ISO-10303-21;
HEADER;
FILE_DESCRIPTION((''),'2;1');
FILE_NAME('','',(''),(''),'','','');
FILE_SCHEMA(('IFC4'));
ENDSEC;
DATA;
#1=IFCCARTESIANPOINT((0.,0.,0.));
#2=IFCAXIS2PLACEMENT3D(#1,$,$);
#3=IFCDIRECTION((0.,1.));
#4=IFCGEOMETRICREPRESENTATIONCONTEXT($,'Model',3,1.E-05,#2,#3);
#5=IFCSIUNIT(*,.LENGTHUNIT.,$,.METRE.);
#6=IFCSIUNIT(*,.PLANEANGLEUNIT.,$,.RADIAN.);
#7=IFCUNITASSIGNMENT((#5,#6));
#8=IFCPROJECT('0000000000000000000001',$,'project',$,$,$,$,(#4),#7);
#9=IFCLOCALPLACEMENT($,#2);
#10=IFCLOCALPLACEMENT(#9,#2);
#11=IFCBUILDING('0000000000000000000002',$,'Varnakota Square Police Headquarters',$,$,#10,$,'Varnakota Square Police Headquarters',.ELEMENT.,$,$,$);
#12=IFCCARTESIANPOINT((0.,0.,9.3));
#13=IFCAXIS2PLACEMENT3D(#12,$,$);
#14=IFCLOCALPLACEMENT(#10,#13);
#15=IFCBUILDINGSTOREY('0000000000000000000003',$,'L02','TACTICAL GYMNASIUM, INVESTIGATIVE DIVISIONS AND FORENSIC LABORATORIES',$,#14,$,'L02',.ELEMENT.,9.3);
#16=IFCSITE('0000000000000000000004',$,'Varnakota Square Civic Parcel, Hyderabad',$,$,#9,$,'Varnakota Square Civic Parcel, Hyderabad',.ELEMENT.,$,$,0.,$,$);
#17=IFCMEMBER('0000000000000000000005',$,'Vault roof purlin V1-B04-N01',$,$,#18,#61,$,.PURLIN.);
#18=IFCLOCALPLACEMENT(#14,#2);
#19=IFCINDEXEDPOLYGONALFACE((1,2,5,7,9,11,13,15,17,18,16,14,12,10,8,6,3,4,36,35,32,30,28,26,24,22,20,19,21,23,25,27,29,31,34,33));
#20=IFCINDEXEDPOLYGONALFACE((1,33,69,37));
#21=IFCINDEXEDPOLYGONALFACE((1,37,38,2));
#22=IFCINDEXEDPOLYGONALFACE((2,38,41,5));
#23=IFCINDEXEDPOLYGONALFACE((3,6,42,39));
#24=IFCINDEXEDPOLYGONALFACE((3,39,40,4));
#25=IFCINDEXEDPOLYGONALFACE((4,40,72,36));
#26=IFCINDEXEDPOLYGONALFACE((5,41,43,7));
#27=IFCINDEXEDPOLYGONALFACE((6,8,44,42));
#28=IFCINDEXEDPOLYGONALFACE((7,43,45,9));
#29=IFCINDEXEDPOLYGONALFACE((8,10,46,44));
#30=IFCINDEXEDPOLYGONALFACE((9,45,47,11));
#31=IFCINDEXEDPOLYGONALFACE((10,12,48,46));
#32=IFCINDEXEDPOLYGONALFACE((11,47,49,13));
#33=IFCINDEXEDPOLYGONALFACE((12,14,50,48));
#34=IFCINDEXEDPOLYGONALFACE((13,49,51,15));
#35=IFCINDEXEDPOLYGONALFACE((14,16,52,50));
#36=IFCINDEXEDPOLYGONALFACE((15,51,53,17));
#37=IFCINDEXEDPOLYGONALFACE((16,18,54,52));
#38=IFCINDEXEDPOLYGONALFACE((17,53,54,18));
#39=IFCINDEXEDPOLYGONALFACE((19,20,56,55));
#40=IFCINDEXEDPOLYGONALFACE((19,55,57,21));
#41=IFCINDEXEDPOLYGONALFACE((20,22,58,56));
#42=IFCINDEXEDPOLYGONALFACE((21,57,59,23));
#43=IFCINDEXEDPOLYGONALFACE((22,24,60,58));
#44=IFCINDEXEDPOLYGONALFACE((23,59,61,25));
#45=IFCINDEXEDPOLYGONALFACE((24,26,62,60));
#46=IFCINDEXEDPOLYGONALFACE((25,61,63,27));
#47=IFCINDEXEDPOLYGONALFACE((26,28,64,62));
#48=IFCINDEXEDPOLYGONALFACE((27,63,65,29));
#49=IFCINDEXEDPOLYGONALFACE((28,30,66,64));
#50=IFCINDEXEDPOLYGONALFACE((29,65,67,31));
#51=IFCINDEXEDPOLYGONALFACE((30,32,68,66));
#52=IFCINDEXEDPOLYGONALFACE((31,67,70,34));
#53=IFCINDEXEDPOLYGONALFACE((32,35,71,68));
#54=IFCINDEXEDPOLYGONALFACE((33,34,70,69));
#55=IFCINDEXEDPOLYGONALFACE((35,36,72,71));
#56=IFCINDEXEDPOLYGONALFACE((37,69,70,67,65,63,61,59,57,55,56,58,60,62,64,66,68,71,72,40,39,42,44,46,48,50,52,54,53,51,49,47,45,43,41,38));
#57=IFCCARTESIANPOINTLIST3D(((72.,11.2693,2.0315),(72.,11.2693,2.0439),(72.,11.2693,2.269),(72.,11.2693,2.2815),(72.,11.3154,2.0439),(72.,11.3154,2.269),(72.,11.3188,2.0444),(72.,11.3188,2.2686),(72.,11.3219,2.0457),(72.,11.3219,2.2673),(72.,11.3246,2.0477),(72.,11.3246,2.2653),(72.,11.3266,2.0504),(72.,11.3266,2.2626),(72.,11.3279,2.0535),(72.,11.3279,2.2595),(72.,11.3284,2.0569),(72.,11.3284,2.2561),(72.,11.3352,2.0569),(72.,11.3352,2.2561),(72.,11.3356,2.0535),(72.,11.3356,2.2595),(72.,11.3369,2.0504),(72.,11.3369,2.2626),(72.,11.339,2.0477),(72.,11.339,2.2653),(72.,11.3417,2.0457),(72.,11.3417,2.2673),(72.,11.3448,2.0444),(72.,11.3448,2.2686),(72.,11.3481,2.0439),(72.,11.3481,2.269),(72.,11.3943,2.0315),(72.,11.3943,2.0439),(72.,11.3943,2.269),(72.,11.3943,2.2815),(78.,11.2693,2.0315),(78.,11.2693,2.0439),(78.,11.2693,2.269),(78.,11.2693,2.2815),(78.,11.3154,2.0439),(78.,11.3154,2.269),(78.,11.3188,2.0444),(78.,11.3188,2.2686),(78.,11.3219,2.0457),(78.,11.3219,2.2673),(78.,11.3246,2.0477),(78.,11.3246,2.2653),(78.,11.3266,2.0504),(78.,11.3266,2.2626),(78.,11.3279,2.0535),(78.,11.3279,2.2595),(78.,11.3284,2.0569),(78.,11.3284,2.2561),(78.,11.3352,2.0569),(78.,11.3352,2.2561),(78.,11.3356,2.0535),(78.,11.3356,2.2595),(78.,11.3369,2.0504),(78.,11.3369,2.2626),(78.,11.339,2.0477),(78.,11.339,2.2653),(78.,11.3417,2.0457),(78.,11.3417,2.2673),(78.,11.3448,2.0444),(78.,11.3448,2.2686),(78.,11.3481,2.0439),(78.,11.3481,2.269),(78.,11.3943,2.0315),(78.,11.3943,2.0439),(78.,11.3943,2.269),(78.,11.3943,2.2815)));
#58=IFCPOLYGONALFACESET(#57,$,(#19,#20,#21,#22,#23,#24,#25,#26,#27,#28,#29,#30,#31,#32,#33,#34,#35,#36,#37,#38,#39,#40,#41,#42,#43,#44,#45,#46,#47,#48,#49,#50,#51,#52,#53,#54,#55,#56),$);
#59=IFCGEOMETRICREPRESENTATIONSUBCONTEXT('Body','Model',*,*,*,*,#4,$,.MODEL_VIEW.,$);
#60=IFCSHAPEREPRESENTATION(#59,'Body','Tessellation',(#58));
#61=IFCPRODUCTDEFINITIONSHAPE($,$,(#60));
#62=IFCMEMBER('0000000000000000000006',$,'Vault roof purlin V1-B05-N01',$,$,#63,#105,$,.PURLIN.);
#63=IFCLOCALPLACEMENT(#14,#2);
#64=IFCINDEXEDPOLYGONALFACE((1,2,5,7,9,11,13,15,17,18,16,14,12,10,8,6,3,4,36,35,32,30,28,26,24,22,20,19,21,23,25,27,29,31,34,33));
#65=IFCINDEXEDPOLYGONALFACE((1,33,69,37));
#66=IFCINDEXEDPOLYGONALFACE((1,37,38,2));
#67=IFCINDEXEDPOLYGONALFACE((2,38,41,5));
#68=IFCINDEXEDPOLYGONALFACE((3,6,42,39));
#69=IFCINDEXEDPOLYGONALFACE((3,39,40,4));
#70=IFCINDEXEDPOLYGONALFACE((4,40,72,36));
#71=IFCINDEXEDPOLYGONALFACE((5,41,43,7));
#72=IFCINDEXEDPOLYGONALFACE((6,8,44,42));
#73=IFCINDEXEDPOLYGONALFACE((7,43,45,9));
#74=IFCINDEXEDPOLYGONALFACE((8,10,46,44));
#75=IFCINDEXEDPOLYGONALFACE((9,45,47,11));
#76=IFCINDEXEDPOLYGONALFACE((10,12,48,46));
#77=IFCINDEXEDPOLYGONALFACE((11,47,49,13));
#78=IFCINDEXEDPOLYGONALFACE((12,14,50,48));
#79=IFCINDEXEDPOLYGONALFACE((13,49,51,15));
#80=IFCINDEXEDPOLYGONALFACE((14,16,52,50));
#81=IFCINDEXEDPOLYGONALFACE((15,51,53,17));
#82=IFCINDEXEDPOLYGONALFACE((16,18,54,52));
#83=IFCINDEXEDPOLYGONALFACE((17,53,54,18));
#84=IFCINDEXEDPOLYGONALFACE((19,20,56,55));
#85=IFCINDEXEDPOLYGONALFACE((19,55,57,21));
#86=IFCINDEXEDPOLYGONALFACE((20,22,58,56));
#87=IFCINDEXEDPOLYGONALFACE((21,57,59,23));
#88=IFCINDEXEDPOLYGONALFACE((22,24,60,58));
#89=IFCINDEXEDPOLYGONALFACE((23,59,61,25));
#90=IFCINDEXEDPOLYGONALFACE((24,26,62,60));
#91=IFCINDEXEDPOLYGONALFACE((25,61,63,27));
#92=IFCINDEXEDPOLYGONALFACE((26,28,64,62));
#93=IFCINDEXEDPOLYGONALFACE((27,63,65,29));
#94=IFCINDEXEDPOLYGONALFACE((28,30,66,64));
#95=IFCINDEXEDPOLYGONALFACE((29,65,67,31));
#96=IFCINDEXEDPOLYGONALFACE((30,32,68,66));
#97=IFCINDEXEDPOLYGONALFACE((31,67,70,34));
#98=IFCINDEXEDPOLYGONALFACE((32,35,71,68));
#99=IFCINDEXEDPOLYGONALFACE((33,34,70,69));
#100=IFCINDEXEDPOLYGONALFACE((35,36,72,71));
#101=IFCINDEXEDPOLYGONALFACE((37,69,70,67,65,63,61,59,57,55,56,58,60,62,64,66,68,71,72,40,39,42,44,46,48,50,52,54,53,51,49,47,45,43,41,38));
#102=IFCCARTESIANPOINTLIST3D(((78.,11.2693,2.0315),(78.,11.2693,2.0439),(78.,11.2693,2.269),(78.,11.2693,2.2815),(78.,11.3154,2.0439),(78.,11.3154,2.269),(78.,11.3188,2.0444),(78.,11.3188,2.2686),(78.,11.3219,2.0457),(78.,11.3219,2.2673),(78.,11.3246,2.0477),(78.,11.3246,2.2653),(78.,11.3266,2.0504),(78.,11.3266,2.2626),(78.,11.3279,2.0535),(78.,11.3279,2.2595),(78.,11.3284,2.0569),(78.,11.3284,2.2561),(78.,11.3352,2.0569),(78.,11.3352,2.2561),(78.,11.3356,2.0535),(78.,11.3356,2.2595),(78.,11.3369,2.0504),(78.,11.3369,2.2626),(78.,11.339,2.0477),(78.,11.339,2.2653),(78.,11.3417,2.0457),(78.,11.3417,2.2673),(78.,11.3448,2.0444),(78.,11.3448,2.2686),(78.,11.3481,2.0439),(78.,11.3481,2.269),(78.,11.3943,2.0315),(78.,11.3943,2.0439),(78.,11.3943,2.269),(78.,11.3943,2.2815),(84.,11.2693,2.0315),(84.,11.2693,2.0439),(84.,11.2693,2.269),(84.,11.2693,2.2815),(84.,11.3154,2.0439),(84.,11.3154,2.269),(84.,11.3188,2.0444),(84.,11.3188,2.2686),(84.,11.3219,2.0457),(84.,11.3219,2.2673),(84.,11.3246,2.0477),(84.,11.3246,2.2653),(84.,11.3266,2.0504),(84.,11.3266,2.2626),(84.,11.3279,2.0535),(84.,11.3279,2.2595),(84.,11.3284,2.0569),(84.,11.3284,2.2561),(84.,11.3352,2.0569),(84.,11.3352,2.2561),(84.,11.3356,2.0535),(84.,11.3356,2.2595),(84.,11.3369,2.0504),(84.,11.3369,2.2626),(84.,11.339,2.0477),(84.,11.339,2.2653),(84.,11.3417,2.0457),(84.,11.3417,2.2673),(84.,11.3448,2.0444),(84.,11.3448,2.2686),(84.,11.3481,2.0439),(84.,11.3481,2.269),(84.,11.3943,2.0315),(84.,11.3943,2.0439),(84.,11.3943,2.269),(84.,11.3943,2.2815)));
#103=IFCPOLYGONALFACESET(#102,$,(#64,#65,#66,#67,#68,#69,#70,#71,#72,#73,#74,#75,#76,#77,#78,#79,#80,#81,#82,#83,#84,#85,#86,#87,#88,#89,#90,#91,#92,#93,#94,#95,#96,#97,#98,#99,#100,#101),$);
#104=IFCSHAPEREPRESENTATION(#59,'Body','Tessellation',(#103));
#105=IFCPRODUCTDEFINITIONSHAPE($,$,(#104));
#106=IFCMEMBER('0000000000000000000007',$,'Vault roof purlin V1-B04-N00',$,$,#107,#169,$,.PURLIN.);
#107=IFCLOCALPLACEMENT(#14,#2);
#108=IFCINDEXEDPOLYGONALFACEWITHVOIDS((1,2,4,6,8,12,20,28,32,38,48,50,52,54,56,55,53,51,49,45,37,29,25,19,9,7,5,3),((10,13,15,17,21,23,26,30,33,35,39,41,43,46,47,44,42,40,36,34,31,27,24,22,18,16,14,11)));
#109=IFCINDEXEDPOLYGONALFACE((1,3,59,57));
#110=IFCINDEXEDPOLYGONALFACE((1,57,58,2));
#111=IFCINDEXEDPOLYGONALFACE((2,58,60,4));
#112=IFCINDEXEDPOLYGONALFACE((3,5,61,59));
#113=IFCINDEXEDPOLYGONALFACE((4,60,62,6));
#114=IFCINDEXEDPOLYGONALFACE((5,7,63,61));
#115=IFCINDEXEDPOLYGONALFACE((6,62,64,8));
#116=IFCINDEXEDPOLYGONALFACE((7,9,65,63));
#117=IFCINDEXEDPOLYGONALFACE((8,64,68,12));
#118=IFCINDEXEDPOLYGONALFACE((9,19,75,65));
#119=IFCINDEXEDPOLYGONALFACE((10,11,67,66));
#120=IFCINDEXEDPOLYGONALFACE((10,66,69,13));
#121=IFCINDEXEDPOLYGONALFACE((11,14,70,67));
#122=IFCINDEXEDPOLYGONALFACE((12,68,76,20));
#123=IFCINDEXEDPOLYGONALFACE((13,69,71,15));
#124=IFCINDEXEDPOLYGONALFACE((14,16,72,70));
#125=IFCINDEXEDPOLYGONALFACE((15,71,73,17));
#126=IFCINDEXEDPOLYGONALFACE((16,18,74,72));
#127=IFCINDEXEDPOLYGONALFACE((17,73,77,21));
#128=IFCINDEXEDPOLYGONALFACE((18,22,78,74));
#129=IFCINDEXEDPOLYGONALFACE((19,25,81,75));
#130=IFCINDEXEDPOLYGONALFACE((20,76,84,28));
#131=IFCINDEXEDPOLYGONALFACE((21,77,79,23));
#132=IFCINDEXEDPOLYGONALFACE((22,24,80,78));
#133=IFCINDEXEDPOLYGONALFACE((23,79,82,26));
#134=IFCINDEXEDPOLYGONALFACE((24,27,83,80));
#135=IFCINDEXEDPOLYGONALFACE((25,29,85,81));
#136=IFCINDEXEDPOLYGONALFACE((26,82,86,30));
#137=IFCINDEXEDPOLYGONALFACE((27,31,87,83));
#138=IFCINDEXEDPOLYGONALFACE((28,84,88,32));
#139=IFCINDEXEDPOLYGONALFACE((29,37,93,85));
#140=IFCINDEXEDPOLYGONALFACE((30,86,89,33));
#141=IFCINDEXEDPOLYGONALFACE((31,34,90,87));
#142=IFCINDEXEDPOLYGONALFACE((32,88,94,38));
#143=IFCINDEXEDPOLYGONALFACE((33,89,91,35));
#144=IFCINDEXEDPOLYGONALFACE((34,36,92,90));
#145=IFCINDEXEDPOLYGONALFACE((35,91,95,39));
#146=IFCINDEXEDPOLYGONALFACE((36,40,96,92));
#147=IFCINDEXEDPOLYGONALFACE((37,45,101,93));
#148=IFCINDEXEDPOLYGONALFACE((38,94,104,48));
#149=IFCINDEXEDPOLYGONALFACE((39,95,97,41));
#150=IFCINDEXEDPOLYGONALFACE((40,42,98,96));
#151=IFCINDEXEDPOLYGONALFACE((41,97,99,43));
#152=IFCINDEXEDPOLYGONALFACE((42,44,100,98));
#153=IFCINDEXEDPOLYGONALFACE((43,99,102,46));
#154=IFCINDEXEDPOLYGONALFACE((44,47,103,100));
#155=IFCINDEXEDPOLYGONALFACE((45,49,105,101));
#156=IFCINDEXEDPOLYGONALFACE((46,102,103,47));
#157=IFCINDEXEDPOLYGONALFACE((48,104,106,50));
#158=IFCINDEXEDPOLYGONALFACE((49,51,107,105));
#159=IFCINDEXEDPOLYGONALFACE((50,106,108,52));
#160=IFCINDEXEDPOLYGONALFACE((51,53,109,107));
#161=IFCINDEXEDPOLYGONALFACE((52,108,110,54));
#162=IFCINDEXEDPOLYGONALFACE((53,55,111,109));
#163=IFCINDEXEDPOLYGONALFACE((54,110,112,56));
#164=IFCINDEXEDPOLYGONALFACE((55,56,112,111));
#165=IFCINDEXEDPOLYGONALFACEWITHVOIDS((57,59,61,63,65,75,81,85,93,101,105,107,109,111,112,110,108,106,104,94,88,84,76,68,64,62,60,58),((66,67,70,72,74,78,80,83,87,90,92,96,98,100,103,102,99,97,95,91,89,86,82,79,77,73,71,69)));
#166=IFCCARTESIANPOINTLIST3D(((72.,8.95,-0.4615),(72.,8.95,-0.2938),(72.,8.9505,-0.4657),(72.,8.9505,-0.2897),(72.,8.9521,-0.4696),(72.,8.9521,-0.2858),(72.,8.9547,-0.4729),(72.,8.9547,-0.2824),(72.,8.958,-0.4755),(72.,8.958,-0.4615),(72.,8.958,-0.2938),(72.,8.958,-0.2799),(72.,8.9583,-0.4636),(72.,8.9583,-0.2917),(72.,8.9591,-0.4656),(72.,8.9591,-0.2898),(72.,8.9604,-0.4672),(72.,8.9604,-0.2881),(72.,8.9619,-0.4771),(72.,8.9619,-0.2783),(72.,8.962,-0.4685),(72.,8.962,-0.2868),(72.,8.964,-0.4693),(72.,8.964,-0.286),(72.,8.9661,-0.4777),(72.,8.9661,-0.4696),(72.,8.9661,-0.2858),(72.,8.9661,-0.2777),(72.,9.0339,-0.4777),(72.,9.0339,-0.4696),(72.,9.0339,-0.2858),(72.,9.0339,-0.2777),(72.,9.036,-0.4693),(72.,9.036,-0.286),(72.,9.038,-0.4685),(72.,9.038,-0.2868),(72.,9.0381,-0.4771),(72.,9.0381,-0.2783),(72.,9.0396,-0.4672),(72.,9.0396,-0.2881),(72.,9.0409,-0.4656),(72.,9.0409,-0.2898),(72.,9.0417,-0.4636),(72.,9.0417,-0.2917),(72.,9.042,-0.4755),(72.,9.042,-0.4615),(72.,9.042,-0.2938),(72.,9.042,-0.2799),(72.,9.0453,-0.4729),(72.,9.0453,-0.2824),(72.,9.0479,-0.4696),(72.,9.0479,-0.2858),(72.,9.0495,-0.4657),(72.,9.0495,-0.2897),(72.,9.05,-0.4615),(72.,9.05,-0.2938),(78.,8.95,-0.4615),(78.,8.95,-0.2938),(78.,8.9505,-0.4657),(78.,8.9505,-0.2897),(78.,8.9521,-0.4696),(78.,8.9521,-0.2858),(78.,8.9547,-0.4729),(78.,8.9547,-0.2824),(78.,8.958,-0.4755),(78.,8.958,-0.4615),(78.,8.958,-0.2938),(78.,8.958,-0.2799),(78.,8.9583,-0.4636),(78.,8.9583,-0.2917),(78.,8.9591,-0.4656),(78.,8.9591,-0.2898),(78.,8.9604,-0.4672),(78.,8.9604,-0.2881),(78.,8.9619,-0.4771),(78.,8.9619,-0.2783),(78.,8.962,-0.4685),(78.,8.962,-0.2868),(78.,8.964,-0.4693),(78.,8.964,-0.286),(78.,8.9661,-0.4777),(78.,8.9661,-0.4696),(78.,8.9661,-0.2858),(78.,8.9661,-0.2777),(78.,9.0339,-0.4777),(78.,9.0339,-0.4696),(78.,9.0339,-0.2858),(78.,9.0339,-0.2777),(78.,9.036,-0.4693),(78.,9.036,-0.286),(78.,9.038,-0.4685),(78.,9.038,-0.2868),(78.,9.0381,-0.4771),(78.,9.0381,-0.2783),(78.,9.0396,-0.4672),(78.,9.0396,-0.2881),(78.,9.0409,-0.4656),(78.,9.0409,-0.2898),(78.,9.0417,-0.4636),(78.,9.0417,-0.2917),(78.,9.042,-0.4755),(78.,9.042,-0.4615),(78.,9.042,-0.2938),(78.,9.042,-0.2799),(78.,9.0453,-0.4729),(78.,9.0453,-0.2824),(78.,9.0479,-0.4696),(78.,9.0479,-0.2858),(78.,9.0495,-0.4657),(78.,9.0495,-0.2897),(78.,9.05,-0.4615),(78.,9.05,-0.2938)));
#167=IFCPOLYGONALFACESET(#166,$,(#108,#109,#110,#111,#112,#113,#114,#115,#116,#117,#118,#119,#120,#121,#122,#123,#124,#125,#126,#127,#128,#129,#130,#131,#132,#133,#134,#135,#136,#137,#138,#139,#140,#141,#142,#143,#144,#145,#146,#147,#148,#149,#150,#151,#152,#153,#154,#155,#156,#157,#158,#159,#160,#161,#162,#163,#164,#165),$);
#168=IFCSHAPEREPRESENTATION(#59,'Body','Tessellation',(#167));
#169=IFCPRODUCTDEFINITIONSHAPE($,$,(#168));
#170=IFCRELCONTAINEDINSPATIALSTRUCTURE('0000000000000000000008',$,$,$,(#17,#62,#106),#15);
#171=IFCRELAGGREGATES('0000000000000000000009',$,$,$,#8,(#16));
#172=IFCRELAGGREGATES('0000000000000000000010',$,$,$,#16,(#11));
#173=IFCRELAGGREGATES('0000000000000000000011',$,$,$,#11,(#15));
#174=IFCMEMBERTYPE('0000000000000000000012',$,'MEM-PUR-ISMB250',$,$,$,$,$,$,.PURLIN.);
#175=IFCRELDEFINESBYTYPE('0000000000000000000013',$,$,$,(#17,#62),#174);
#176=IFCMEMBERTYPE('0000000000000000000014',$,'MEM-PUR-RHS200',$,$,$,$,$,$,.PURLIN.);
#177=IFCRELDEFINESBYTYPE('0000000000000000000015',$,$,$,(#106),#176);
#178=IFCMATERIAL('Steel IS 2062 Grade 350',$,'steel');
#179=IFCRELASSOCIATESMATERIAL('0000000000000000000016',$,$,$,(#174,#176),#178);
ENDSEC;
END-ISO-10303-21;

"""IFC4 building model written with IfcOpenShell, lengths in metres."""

from ifc_helpers import new_model, si_unit, direction, frame, origin, origin_2d, place, context, subcontext, project, spatial, hollow_rectangle, i_section, extrude, material, material_profile, profile_set, type_object, element, save


model = new_model("IFC4")

# Units and contexts
model_context = context("Model", 3, precision=1e-05, world=origin(), true_north=direction((0.0, 1.0)))
body_context = subcontext(model_context, "Body", "Model", "MODEL_VIEW")
ifc_project = project(units=[si_unit("LENGTHUNIT", "METRE"), si_unit("PLANEANGLEUNIT", "RADIAN")], contexts=[model_context])

# Site, building, storey
site_placement = place(None, origin())
site = spatial("IfcSite", under=ifc_project, at=site_placement, Name="Varnakota Square Civic Parcel, Hyderabad", LongName="Varnakota Square Civic Parcel, Hyderabad", CompositionType="ELEMENT", RefElevation=0.0)
building_placement = place(site_placement, origin())
building = spatial("IfcBuilding", under=site, at=building_placement, Name="Varnakota Square Police Headquarters", LongName="Varnakota Square Police Headquarters", CompositionType="ELEMENT")
storey_placement = place(building_placement, frame((0.0, 0.0, 9.3)))
storey = spatial("IfcBuildingStorey", under=building, at=storey_placement, Name="L02", Description="TACTICAL GYMNASIUM, INVESTIGATIVE DIVISIONS AND FORENSIC LABORATORIES", LongName="L02", CompositionType="ELEMENT", Elevation=9.3)

# Shared definitions
ifc_material_1 = material(Name="Steel IS 2062 Grade 350", Category="steel")

# Members
ifc_material_profile_1 = material_profile(ifc_material_1, i_section(OverallWidth=0.125, OverallDepth=0.25, WebThickness=0.0068, FlangeThickness=0.0125, FilletRadius=0.0129, at=origin_2d()), Name="ISMB 250")
ifc_profile_set_1 = profile_set([ifc_material_profile_1], Name="Steel IS 2062 Grade 350")
member_type_1 = type_object("IfcMemberType", Name="MEM-PUR-ISMB250", PredefinedType="PURLIN", material=ifc_profile_set_1)
for number, where, z_axis, x_axis, name in (
    (1, (72.0, 11.3318, 2.1565), (1.0, 0.0, 0.0), (0.0, 1.0, 0.0), "Vault roof purlin V1-B04-N01"),
    (2, (78.0, 11.3318, 2.1565), (1.0, 0.0, 0.0), (0.0, 1.0, 0.0), "Vault roof purlin V1-B05-N01"),
):
    element("IfcMember", number, at=place(storey_placement, frame(where, z_axis=z_axis, x_axis=x_axis)), inside=storey, type_object=member_type_1, Name=name, PredefinedType="PURLIN", context=body_context, shape_type="SweptSolid", body=[
        extrude(i_section(OverallWidth=0.125, OverallDepth=0.25, WebThickness=0.0068, FlangeThickness=0.0125, FilletRadius=0.0129, at=origin_2d()), origin(), (0.0, 0.0, 1.0), 6.0),
    ])
ifc_material_profile_2 = material_profile(ifc_material_1, hollow_rectangle(XDim=0.1001, YDim=0.2, WallThickness=0.0081, InnerFilletRadius=0.0081, OuterFilletRadius=0.0161, at=origin_2d()), Name="RHS 200x100x8")
ifc_profile_set_2 = profile_set([ifc_material_profile_2], Name="Steel IS 2062 Grade 350")
member_type_2 = type_object("IfcMemberType", Name="MEM-PUR-RHS200", PredefinedType="PURLIN", material=ifc_profile_set_2)
for number, where, z_axis, x_axis, name in (
    (3, (72.0, 9.0, -0.3777), (1.0, 0.0, 0.0), (0.0, 1.0, 0.0), "Vault roof purlin V1-B04-N00"),
):
    element("IfcMember", number, at=place(storey_placement, frame(where, z_axis=z_axis, x_axis=x_axis)), inside=storey, type_object=member_type_2, Name=name, PredefinedType="PURLIN", context=body_context, shape_type="SweptSolid", body=[
        extrude(hollow_rectangle(XDim=0.1001, YDim=0.2, WallThickness=0.0081, InnerFilletRadius=0.0081, OuterFilletRadius=0.0161, at=origin_2d()), origin(), (0.0, 0.0, 1.0), 6.0),
    ])

save(model, "model.ifc")
